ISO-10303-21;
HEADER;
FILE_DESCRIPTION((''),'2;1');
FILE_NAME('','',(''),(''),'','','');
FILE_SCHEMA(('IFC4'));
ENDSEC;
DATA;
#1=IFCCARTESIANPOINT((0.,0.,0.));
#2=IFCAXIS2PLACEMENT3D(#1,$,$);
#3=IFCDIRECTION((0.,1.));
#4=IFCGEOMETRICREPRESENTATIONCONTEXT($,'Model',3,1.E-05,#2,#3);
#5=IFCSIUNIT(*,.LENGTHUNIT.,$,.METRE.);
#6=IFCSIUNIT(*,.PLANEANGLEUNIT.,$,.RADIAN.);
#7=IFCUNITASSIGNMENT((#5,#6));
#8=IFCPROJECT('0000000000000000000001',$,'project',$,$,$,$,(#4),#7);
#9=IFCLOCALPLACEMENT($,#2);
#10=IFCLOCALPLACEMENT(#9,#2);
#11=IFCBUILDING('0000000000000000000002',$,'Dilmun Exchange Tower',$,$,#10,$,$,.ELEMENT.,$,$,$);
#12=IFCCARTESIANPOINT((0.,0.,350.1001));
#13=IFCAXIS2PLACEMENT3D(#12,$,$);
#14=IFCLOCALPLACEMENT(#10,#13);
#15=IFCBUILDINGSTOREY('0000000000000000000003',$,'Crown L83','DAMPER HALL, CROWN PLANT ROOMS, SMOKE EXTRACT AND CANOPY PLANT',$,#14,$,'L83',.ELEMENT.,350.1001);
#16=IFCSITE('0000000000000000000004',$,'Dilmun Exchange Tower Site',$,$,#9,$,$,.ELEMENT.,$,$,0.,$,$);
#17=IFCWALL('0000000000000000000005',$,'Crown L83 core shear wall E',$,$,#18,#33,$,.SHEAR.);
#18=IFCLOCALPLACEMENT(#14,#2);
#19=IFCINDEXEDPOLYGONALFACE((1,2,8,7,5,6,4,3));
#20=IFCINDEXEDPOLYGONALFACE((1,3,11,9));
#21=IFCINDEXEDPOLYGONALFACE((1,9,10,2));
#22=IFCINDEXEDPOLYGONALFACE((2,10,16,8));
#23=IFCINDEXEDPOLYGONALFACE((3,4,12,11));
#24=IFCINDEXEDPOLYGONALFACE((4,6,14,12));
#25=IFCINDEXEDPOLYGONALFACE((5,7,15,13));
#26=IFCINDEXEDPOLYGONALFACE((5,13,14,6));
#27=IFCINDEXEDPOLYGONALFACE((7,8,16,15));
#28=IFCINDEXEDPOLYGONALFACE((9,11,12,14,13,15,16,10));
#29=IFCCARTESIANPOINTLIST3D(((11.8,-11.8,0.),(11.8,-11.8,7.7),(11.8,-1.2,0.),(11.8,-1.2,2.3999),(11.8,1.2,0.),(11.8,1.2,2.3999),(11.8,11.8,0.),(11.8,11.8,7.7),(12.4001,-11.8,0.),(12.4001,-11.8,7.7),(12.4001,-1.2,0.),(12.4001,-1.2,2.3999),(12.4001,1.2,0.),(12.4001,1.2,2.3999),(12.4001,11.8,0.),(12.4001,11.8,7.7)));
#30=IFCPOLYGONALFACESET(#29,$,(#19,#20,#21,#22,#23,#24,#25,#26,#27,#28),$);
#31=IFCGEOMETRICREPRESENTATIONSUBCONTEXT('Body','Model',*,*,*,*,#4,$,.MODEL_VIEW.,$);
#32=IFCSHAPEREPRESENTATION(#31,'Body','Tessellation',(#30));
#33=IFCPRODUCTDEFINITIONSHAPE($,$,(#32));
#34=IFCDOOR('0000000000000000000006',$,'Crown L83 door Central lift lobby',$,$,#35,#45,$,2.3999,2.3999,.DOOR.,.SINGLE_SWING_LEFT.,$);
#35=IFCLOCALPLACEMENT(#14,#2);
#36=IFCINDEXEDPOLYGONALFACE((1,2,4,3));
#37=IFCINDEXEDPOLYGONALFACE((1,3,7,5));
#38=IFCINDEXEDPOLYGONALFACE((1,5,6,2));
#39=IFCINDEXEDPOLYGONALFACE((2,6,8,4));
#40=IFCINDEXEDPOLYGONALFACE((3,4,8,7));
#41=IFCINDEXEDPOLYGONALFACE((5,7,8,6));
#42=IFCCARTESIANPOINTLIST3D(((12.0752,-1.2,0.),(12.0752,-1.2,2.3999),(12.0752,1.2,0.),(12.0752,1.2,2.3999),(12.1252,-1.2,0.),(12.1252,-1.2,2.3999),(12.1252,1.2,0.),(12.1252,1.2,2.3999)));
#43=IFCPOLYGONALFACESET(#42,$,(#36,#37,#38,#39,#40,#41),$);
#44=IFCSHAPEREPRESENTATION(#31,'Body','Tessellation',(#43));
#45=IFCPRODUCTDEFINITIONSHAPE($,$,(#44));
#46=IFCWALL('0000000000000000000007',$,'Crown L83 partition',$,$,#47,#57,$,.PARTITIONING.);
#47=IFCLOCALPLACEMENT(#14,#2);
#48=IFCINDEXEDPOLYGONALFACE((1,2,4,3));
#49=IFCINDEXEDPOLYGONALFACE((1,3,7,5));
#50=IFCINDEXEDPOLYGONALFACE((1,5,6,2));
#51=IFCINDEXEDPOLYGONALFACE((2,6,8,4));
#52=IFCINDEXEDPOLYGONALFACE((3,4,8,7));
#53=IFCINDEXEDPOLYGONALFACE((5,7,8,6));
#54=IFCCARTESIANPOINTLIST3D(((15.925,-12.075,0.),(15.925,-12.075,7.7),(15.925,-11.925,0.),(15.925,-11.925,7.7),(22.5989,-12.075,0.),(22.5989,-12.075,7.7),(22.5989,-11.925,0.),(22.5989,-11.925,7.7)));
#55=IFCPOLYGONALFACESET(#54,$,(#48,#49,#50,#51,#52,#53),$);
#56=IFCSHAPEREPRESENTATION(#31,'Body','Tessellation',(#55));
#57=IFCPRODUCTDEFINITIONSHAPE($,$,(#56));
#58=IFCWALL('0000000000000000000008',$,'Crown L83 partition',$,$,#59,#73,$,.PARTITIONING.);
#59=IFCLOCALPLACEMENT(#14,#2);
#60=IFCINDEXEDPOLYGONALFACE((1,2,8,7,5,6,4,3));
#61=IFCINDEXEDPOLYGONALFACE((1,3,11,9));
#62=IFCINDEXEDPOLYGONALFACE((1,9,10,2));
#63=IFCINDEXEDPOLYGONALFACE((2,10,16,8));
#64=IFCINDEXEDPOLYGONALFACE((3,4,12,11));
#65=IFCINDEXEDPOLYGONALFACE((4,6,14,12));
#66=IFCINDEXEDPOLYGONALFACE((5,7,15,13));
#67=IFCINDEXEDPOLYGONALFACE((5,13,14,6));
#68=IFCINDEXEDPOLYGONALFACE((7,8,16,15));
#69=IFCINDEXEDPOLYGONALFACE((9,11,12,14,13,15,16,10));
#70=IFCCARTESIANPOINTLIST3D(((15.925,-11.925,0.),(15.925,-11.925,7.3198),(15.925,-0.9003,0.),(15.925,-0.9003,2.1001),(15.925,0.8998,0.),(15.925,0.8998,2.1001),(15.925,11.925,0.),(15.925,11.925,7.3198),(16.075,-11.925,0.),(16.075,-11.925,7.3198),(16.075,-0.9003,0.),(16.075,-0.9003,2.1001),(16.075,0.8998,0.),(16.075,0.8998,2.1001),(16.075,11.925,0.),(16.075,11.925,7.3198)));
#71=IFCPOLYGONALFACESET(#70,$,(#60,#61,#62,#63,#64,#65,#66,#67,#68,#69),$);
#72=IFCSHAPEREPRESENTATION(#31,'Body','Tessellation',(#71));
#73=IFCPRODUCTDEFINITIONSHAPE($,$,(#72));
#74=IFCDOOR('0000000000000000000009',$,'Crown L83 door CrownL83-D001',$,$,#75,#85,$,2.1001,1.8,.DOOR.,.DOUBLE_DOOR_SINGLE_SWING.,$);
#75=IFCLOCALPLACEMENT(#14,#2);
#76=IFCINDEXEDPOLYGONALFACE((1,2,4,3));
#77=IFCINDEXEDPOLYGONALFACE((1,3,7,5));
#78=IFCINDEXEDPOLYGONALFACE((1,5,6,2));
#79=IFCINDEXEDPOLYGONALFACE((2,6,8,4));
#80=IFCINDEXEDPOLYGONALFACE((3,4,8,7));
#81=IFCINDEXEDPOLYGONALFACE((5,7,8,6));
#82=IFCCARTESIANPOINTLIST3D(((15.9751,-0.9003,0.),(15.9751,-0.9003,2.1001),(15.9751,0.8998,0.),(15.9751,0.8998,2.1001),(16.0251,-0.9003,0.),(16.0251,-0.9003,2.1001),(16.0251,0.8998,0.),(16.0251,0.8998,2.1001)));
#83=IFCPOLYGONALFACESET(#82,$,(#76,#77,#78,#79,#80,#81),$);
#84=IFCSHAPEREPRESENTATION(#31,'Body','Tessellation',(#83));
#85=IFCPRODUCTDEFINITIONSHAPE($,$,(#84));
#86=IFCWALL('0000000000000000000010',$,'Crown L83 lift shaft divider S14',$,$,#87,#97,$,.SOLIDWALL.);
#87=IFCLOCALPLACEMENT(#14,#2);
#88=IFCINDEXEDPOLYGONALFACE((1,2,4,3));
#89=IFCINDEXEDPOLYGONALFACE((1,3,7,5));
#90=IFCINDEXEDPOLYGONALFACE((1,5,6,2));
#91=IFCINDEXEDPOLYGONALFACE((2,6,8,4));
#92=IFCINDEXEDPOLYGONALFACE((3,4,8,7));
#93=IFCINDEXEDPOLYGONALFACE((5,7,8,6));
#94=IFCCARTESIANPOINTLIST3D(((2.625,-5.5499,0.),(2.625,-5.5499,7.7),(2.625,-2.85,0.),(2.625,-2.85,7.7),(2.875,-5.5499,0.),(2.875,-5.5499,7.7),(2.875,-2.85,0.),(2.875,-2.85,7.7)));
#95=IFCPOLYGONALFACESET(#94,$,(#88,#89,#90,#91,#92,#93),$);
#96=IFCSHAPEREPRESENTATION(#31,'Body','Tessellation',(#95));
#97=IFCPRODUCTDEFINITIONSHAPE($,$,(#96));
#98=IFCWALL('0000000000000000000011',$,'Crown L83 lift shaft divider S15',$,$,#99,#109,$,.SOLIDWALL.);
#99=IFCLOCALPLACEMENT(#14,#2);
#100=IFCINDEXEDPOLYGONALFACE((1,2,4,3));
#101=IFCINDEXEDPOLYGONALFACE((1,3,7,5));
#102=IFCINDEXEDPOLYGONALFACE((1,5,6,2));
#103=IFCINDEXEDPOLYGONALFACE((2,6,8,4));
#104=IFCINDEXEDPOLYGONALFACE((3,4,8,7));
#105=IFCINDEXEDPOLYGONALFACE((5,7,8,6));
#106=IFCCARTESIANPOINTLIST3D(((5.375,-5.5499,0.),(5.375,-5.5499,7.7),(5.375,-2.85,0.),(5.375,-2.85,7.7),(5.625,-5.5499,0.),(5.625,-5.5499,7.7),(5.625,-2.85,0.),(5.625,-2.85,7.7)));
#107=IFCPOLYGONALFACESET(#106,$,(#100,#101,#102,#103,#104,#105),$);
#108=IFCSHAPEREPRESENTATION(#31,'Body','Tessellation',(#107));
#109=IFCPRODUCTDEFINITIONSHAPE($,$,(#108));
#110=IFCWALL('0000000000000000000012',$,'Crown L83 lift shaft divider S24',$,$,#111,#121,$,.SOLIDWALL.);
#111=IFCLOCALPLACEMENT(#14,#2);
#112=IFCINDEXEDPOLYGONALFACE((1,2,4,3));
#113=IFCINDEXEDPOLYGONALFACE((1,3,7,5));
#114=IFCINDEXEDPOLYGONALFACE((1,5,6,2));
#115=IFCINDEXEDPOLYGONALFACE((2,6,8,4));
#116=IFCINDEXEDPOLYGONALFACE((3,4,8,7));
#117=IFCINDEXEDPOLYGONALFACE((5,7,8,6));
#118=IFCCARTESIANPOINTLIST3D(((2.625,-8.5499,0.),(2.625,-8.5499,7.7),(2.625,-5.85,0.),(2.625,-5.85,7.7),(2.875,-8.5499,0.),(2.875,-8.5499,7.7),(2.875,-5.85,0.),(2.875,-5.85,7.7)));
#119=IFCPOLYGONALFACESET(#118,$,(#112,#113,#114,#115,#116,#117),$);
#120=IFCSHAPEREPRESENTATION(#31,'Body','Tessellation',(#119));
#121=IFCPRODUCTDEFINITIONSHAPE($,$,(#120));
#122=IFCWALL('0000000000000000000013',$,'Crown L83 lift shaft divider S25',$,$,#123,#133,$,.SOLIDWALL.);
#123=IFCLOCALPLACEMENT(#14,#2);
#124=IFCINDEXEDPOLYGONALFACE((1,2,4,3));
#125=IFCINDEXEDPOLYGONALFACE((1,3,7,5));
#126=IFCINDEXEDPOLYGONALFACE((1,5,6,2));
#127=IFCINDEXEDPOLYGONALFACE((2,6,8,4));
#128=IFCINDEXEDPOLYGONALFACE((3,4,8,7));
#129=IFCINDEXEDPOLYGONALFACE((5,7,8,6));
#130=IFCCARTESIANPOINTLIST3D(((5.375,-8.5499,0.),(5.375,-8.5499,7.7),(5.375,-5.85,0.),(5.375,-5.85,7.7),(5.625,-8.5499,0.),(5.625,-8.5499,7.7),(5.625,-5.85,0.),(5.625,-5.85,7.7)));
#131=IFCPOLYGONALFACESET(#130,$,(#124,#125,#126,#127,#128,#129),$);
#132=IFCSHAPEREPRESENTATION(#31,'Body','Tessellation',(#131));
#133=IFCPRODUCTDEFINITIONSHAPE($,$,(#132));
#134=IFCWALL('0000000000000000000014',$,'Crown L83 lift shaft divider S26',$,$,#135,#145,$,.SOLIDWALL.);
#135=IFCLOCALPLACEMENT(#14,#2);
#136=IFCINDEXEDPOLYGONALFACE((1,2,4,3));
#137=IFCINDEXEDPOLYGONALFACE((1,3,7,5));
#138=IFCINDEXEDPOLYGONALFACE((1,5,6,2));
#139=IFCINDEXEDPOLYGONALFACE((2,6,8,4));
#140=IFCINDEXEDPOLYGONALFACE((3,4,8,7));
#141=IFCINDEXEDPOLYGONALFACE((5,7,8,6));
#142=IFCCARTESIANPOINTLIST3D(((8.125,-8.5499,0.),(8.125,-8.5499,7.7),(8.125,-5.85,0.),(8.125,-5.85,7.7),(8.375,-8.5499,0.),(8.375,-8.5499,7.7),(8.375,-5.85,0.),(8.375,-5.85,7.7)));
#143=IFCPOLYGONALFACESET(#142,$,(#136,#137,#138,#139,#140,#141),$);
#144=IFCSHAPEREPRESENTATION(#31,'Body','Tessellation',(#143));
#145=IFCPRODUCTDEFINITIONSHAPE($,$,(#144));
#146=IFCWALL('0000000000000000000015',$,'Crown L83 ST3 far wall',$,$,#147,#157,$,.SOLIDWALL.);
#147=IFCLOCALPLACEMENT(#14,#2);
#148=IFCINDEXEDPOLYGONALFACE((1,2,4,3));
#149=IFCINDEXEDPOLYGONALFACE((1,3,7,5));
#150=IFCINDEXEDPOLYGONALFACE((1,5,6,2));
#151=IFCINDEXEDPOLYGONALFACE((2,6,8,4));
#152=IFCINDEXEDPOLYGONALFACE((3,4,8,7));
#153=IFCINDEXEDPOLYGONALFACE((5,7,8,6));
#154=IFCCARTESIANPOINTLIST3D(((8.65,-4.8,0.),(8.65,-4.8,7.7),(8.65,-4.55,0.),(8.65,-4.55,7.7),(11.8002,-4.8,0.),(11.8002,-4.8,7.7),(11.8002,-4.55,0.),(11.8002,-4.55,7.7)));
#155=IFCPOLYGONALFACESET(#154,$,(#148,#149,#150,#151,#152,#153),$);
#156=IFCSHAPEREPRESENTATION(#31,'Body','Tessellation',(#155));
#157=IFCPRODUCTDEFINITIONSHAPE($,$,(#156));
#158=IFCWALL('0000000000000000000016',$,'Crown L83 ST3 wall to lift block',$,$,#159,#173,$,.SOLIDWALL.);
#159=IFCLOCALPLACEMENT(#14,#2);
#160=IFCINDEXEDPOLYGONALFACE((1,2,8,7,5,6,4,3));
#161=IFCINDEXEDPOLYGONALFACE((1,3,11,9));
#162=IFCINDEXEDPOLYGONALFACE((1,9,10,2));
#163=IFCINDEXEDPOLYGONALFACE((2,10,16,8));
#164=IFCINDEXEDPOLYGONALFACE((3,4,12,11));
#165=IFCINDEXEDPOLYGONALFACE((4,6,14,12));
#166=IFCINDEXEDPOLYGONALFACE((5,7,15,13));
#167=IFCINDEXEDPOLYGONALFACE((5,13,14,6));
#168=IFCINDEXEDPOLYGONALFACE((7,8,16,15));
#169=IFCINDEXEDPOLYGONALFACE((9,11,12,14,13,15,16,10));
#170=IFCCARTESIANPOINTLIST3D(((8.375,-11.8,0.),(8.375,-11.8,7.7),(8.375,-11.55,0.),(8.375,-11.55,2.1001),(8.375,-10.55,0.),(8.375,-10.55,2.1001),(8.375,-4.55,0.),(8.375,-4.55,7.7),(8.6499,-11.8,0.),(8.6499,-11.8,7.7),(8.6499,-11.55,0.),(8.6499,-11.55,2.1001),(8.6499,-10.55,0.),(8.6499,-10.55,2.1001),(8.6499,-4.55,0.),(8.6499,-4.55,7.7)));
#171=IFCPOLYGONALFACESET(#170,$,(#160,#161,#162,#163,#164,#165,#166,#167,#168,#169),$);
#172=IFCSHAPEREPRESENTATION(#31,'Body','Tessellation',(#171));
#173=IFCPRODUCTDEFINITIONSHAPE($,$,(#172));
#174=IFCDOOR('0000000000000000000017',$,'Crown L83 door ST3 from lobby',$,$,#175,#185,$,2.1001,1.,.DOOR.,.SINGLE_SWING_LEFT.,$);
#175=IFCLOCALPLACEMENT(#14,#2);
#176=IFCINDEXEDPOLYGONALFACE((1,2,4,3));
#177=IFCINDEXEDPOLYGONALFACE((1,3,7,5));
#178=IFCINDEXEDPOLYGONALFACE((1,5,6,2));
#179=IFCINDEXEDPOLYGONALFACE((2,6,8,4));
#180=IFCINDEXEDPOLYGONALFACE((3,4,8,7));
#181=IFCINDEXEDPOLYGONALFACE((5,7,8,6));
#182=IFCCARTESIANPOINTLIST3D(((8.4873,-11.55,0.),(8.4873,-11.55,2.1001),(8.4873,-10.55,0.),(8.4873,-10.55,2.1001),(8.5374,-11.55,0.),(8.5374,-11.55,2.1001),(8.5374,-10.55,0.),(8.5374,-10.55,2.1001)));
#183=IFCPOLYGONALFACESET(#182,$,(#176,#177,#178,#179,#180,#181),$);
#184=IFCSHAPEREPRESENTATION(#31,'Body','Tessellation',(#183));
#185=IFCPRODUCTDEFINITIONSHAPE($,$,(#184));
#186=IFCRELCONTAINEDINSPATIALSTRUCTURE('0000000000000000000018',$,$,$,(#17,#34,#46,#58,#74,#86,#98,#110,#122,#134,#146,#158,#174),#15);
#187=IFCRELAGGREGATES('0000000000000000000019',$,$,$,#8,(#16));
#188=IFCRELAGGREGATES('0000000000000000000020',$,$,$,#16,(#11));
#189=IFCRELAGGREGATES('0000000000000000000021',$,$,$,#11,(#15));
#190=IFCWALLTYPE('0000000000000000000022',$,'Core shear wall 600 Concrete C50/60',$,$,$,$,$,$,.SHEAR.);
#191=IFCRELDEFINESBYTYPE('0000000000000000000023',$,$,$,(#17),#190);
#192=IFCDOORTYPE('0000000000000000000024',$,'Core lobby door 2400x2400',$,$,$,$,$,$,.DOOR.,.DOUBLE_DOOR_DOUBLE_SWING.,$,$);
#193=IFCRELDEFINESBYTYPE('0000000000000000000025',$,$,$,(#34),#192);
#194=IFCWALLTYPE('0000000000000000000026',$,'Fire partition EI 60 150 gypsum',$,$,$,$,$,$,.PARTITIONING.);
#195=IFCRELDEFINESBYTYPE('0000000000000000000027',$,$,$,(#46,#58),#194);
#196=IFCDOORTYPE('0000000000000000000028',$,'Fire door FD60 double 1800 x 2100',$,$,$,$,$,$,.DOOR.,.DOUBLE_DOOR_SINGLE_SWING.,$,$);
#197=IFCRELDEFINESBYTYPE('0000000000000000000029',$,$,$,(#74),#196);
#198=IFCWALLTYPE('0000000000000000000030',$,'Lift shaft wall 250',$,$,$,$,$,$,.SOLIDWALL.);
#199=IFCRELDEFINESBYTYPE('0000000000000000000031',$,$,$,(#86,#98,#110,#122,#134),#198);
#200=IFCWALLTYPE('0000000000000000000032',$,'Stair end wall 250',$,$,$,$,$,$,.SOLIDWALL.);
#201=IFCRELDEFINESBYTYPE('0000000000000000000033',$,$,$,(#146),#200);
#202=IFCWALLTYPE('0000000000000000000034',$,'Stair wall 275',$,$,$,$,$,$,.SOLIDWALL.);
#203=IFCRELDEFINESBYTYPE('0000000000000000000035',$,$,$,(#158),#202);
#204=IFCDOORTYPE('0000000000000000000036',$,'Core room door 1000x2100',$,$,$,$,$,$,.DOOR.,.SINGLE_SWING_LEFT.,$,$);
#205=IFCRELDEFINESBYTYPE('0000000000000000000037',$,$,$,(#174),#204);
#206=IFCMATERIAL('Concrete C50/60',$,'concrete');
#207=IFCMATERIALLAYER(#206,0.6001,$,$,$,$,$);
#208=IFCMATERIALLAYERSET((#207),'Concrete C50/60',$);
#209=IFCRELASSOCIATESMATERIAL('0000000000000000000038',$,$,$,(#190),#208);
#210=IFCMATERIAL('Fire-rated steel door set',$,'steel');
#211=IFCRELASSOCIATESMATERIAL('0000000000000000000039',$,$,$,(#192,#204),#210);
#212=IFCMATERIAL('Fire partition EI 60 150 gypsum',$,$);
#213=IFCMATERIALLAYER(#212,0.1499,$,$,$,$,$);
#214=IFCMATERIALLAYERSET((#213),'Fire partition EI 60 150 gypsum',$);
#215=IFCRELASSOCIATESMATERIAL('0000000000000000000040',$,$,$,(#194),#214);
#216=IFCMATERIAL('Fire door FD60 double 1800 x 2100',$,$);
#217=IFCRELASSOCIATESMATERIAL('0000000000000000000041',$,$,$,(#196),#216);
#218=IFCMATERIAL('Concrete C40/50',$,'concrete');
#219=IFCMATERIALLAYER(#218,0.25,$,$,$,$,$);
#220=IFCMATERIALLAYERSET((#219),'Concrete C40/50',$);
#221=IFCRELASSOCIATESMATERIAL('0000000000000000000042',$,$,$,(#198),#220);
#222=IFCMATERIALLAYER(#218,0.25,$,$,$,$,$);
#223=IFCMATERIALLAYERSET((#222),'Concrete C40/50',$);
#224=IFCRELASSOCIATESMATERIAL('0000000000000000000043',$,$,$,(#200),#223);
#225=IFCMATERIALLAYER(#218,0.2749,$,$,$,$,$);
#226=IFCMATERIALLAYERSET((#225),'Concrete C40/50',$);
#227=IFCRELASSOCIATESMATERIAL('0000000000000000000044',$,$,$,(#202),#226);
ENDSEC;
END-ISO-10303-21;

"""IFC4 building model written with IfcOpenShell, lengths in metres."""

from ifc_helpers import new_model, si_unit, direction, frame, frame_2d, origin, place, context, subcontext, project, spatial, rectangle, extrude, material, layer, layer_set, type_object, element, fill, save


model = new_model("IFC4")

# Units and contexts
model_context = context("Model", 3, precision=1e-05, world=origin(), true_north=direction((0.0, 1.0)))
body_context = subcontext(model_context, "Body", "Model", "MODEL_VIEW")
ifc_project = project(units=[si_unit("LENGTHUNIT", "METRE"), si_unit("PLANEANGLEUNIT", "RADIAN")], contexts=[model_context])

# Site, building, storey
site_placement = place(None, origin())
site = spatial("IfcSite", under=ifc_project, at=site_placement, Name="Dilmun Exchange Tower Site", CompositionType="ELEMENT", RefElevation=0.0)
building_placement = place(site_placement, origin())
building = spatial("IfcBuilding", under=site, at=building_placement, Name="Dilmun Exchange Tower", CompositionType="ELEMENT")
storey_placement = place(building_placement, frame((0.0, 0.0, 350.1001)))
storey = spatial("IfcBuildingStorey", under=building, at=storey_placement, Name="Crown L83", Description="DAMPER HALL, CROWN PLANT ROOMS, SMOKE EXTRACT AND CANOPY PLANT", LongName="L83", CompositionType="ELEMENT", Elevation=350.1001)

# Shared definitions
ifc_material_1 = material(Name="Concrete C50/60", Category="concrete")

# Shared definitions
ifc_material_2 = material(Name="Concrete C40/50", Category="concrete")

# Wall, opening, door
ifc_layer_1 = layer(ifc_material_1, 0.6001)
ifc_layer_set_1 = layer_set([ifc_layer_1], Name="Concrete C50/60")
wall_type_1 = type_object("IfcWallType", Name="Core shear wall 600 Concrete C50/60", PredefinedType="SHEAR", material=ifc_layer_set_1)
wall_1_placement = place(storey_placement, frame((12.1001, -11.8, 0.0), z_axis=(0.0, 0.0, 1.0), x_axis=(0.0, 1.0, 0.0)))
wall_1 = element("IfcWall", 1, at=wall_1_placement, inside=storey, type_object=wall_type_1, Name="Crown L83 core shear wall E", PredefinedType="SHEAR", context=body_context, shape_type="SweptSolid", body=[
    extrude(rectangle(XDim=23.6001, YDim=0.6001, at=frame_2d((11.8, 0.0))), origin(), (0.0, 0.0, 1.0), 7.7),
])
opening_1_placement = place(wall_1_placement, frame((10.6001, 0.0, 0.0)))
opening_1 = element("IfcOpeningElement", 2, at=opening_1_placement, cuts=wall_1, PredefinedType="OPENING", context=body_context, shape_type="SweptSolid", body=[
    extrude(rectangle(XDim=2.3999, YDim=2.3999, at=frame_2d((1.2, 1.2))), frame((0.0, 0.3101, 0.0), z_axis=(0.0, -1.0, 0.0), x_axis=(1.0, 0.0, 0.0)), (0.0, 0.0, 1.0), 0.6201),
])
ifc_material_3 = material(Name="Fire-rated steel door set", Category="steel")
door_type_1 = type_object("IfcDoorType", Name="Core lobby door 2400x2400", OperationType="DOUBLE_DOOR_DOUBLE_SWING", PredefinedType="DOOR", material=ifc_material_3)
door_1_placement = place(opening_1_placement, origin())
door_1 = element("IfcDoor", 3, at=door_1_placement, inside=storey, type_object=door_type_1, Name="Crown L83 door Central lift lobby", OperationType="SINGLE_SWING_LEFT", OverallHeight=2.3999, OverallWidth=2.3999, PredefinedType="DOOR", context=body_context, shape_type="SweptSolid", body=[
    extrude(rectangle(XDim=2.3999, YDim=2.3999, at=frame_2d((1.2, 1.2))), frame((0.0, 0.0249, 0.0), z_axis=(0.0, -1.0, 0.0), x_axis=(1.0, 0.0, 0.0)), (0.0, 0.0, 1.0), 0.05),
])
fill(opening_1, door_1)

# Wall
ifc_material_4 = material(Name="Fire partition EI 60 150 gypsum")
ifc_layer_2 = layer(ifc_material_4, 0.1499)
ifc_layer_set_2 = layer_set([ifc_layer_2], Name="Fire partition EI 60 150 gypsum")
wall_type_2 = type_object("IfcWallType", Name="Fire partition EI 60 150 gypsum", PredefinedType="PARTITIONING", material=ifc_layer_set_2)
wall_2_placement = place(storey_placement, frame((15.925, -12.0, 0.0), z_axis=(0.0, 0.0, 1.0), x_axis=(1.0, 0.0, 0.0)))
element("IfcWall", 4, at=wall_2_placement, inside=storey, type_object=wall_type_2, Name="Crown L83 partition", PredefinedType="PARTITIONING", context=body_context, shape_type="SweptSolid", body=[
    extrude(rectangle(XDim=6.6738, YDim=0.1499, at=frame_2d((3.3369, 0.0))), origin(), (0.0, 0.0, 1.0), 7.7),
])

# Wall, opening, door
wall_3_placement = place(storey_placement, frame((16.0, -11.925, 0.0), z_axis=(0.0, 0.0, 1.0), x_axis=(0.0, 1.0, 0.0)))
wall_3 = element("IfcWall", 5, at=wall_3_placement, inside=storey, type_object=wall_type_2, Name="Crown L83 partition", PredefinedType="PARTITIONING", context=body_context, shape_type="SweptSolid", body=[
    extrude(rectangle(XDim=23.8501, YDim=0.1499, at=frame_2d((11.925, 0.0))), origin(), (0.0, 0.0, 1.0), 7.3198),
])
opening_2_placement = place(wall_3_placement, frame((11.0249, 0.0, 0.0)))
opening_2 = element("IfcOpeningElement", 6, at=opening_2_placement, cuts=wall_3, PredefinedType="OPENING", context=body_context, shape_type="SweptSolid", body=[
    extrude(rectangle(XDim=1.8, YDim=2.1001, at=frame_2d((0.8999, 1.05))), frame((0.0, 0.085, 0.0), z_axis=(0.0, -1.0, 0.0), x_axis=(1.0, 0.0, 0.0)), (0.0, 0.0, 1.0), 0.1699),
])
ifc_material_5 = material(Name="Fire door FD60 double 1800 x 2100")
door_type_2 = type_object("IfcDoorType", Name="Fire door FD60 double 1800 x 2100", OperationType="DOUBLE_DOOR_SINGLE_SWING", PredefinedType="DOOR", material=ifc_material_5)
door_2_placement = place(opening_2_placement, origin())
door_2 = element("IfcDoor", 7, at=door_2_placement, inside=storey, type_object=door_type_2, Name="Crown L83 door CrownL83-D001", OperationType="DOUBLE_DOOR_SINGLE_SWING", OverallHeight=2.1001, OverallWidth=1.8, PredefinedType="DOOR", context=body_context, shape_type="SweptSolid", body=[
    extrude(rectangle(XDim=1.8, YDim=2.1001, at=frame_2d((0.8999, 1.05))), frame((0.0, 0.0249, 0.0), z_axis=(0.0, -1.0, 0.0), x_axis=(1.0, 0.0, 0.0)), (0.0, 0.0, 1.0), 0.05),
])
fill(opening_2, door_2)

# Walls
ifc_layer_3 = layer(ifc_material_2, 0.25)
ifc_layer_set_3 = layer_set([ifc_layer_3], Name="Concrete C40/50")
wall_type_3 = type_object("IfcWallType", Name="Lift shaft wall 250", PredefinedType="SOLIDWALL", material=ifc_layer_set_3)
for number, where, z_axis, x_axis, name in (
    (8, (2.75, -5.55, 0.0), (0.0, 0.0, 1.0), (0.0, 1.0, 0.0), "Crown L83 lift shaft divider S14"),
    (9, (5.5, -5.55, 0.0), (0.0, 0.0, 1.0), (0.0, 1.0, 0.0), "Crown L83 lift shaft divider S15"),
    (10, (2.75, -8.55, 0.0), (0.0, 0.0, 1.0), (0.0, 1.0, 0.0), "Crown L83 lift shaft divider S24"),
    (11, (5.5, -8.55, 0.0), (0.0, 0.0, 1.0), (0.0, 1.0, 0.0), "Crown L83 lift shaft divider S25"),
    (12, (8.25, -8.55, 0.0), (0.0, 0.0, 1.0), (0.0, 1.0, 0.0), "Crown L83 lift shaft divider S26"),
):
    element("IfcWall", number, at=place(storey_placement, frame(where, z_axis=z_axis, x_axis=x_axis)), inside=storey, type_object=wall_type_3, Name=name, PredefinedType="SOLIDWALL", context=body_context, shape_type="SweptSolid", body=[
        extrude(rectangle(XDim=2.7, YDim=0.25, at=frame_2d((1.3501, 0.0))), origin(), (0.0, 0.0, 1.0), 7.7),
    ])
ifc_layer_4 = layer(ifc_material_2, 0.25)
ifc_layer_set_4 = layer_set([ifc_layer_4], Name="Concrete C40/50")
wall_type_4 = type_object("IfcWallType", Name="Stair end wall 250", PredefinedType="SOLIDWALL", material=ifc_layer_set_4)
wall_4_placement = place(storey_placement, frame((8.6499, -4.675, 0.0), z_axis=(0.0, 0.0, 1.0), x_axis=(1.0, 0.0, 0.0)))
element("IfcWall", 13, at=wall_4_placement, inside=storey, type_object=wall_type_4, Name="Crown L83 ST3 far wall", PredefinedType="SOLIDWALL", context=body_context, shape_type="SweptSolid", body=[
    extrude(rectangle(XDim=3.1501, YDim=0.25, at=frame_2d((1.5752, 0.0))), origin(), (0.0, 0.0, 1.0), 7.7),
])

# Wall, opening, door
ifc_layer_5 = layer(ifc_material_2, 0.2749)
ifc_layer_set_5 = layer_set([ifc_layer_5], Name="Concrete C40/50")
wall_type_5 = type_object("IfcWallType", Name="Stair wall 275", PredefinedType="SOLIDWALL", material=ifc_layer_set_5)
wall_5_placement = place(storey_placement, frame((8.5125, -4.55, 0.0), z_axis=(0.0, 0.0, 1.0), x_axis=(0.0, -1.0, 0.0)))
wall_5 = element("IfcWall", 14, at=wall_5_placement, inside=storey, type_object=wall_type_5, Name="Crown L83 ST3 wall to lift block", PredefinedType="SOLIDWALL", context=body_context, shape_type="SweptSolid", body=[
    extrude(rectangle(XDim=7.25, YDim=0.2749, at=frame_2d((3.625, 0.0))), origin(), (0.0, 0.0, 1.0), 7.7),
])
opening_3_placement = place(wall_5_placement, frame((6.0, 0.0, 0.0)))
opening_3 = element("IfcOpeningElement", 15, at=opening_3_placement, cuts=wall_5, PredefinedType="OPENING", context=body_context, shape_type="SweptSolid", body=[
    extrude(rectangle(XDim=1.0, YDim=2.1001, at=frame_2d((0.5, 1.05))), frame((0.0, 0.1475, 0.0), z_axis=(0.0, -1.0, 0.0), x_axis=(1.0, 0.0, 0.0)), (0.0, 0.0, 1.0), 0.2949),
])
door_type_3 = type_object("IfcDoorType", Name="Core room door 1000x2100", OperationType="SINGLE_SWING_LEFT", PredefinedType="DOOR", material=ifc_material_3)
door_3_placement = place(opening_3_placement, origin())
door_3 = element("IfcDoor", 16, at=door_3_placement, inside=storey, type_object=door_type_3, Name="Crown L83 door ST3 from lobby", OperationType="SINGLE_SWING_LEFT", OverallHeight=2.1001, OverallWidth=1.0, PredefinedType="DOOR", context=body_context, shape_type="SweptSolid", body=[
    extrude(rectangle(XDim=1.0, YDim=2.1001, at=frame_2d((0.5, 1.05))), frame((0.0, 0.0249, 0.0), z_axis=(0.0, -1.0, 0.0), x_axis=(1.0, 0.0, 0.0)), (0.0, 0.0, 1.0), 0.05),
])
fill(opening_3, door_3)

save(model, "model.ifc")
